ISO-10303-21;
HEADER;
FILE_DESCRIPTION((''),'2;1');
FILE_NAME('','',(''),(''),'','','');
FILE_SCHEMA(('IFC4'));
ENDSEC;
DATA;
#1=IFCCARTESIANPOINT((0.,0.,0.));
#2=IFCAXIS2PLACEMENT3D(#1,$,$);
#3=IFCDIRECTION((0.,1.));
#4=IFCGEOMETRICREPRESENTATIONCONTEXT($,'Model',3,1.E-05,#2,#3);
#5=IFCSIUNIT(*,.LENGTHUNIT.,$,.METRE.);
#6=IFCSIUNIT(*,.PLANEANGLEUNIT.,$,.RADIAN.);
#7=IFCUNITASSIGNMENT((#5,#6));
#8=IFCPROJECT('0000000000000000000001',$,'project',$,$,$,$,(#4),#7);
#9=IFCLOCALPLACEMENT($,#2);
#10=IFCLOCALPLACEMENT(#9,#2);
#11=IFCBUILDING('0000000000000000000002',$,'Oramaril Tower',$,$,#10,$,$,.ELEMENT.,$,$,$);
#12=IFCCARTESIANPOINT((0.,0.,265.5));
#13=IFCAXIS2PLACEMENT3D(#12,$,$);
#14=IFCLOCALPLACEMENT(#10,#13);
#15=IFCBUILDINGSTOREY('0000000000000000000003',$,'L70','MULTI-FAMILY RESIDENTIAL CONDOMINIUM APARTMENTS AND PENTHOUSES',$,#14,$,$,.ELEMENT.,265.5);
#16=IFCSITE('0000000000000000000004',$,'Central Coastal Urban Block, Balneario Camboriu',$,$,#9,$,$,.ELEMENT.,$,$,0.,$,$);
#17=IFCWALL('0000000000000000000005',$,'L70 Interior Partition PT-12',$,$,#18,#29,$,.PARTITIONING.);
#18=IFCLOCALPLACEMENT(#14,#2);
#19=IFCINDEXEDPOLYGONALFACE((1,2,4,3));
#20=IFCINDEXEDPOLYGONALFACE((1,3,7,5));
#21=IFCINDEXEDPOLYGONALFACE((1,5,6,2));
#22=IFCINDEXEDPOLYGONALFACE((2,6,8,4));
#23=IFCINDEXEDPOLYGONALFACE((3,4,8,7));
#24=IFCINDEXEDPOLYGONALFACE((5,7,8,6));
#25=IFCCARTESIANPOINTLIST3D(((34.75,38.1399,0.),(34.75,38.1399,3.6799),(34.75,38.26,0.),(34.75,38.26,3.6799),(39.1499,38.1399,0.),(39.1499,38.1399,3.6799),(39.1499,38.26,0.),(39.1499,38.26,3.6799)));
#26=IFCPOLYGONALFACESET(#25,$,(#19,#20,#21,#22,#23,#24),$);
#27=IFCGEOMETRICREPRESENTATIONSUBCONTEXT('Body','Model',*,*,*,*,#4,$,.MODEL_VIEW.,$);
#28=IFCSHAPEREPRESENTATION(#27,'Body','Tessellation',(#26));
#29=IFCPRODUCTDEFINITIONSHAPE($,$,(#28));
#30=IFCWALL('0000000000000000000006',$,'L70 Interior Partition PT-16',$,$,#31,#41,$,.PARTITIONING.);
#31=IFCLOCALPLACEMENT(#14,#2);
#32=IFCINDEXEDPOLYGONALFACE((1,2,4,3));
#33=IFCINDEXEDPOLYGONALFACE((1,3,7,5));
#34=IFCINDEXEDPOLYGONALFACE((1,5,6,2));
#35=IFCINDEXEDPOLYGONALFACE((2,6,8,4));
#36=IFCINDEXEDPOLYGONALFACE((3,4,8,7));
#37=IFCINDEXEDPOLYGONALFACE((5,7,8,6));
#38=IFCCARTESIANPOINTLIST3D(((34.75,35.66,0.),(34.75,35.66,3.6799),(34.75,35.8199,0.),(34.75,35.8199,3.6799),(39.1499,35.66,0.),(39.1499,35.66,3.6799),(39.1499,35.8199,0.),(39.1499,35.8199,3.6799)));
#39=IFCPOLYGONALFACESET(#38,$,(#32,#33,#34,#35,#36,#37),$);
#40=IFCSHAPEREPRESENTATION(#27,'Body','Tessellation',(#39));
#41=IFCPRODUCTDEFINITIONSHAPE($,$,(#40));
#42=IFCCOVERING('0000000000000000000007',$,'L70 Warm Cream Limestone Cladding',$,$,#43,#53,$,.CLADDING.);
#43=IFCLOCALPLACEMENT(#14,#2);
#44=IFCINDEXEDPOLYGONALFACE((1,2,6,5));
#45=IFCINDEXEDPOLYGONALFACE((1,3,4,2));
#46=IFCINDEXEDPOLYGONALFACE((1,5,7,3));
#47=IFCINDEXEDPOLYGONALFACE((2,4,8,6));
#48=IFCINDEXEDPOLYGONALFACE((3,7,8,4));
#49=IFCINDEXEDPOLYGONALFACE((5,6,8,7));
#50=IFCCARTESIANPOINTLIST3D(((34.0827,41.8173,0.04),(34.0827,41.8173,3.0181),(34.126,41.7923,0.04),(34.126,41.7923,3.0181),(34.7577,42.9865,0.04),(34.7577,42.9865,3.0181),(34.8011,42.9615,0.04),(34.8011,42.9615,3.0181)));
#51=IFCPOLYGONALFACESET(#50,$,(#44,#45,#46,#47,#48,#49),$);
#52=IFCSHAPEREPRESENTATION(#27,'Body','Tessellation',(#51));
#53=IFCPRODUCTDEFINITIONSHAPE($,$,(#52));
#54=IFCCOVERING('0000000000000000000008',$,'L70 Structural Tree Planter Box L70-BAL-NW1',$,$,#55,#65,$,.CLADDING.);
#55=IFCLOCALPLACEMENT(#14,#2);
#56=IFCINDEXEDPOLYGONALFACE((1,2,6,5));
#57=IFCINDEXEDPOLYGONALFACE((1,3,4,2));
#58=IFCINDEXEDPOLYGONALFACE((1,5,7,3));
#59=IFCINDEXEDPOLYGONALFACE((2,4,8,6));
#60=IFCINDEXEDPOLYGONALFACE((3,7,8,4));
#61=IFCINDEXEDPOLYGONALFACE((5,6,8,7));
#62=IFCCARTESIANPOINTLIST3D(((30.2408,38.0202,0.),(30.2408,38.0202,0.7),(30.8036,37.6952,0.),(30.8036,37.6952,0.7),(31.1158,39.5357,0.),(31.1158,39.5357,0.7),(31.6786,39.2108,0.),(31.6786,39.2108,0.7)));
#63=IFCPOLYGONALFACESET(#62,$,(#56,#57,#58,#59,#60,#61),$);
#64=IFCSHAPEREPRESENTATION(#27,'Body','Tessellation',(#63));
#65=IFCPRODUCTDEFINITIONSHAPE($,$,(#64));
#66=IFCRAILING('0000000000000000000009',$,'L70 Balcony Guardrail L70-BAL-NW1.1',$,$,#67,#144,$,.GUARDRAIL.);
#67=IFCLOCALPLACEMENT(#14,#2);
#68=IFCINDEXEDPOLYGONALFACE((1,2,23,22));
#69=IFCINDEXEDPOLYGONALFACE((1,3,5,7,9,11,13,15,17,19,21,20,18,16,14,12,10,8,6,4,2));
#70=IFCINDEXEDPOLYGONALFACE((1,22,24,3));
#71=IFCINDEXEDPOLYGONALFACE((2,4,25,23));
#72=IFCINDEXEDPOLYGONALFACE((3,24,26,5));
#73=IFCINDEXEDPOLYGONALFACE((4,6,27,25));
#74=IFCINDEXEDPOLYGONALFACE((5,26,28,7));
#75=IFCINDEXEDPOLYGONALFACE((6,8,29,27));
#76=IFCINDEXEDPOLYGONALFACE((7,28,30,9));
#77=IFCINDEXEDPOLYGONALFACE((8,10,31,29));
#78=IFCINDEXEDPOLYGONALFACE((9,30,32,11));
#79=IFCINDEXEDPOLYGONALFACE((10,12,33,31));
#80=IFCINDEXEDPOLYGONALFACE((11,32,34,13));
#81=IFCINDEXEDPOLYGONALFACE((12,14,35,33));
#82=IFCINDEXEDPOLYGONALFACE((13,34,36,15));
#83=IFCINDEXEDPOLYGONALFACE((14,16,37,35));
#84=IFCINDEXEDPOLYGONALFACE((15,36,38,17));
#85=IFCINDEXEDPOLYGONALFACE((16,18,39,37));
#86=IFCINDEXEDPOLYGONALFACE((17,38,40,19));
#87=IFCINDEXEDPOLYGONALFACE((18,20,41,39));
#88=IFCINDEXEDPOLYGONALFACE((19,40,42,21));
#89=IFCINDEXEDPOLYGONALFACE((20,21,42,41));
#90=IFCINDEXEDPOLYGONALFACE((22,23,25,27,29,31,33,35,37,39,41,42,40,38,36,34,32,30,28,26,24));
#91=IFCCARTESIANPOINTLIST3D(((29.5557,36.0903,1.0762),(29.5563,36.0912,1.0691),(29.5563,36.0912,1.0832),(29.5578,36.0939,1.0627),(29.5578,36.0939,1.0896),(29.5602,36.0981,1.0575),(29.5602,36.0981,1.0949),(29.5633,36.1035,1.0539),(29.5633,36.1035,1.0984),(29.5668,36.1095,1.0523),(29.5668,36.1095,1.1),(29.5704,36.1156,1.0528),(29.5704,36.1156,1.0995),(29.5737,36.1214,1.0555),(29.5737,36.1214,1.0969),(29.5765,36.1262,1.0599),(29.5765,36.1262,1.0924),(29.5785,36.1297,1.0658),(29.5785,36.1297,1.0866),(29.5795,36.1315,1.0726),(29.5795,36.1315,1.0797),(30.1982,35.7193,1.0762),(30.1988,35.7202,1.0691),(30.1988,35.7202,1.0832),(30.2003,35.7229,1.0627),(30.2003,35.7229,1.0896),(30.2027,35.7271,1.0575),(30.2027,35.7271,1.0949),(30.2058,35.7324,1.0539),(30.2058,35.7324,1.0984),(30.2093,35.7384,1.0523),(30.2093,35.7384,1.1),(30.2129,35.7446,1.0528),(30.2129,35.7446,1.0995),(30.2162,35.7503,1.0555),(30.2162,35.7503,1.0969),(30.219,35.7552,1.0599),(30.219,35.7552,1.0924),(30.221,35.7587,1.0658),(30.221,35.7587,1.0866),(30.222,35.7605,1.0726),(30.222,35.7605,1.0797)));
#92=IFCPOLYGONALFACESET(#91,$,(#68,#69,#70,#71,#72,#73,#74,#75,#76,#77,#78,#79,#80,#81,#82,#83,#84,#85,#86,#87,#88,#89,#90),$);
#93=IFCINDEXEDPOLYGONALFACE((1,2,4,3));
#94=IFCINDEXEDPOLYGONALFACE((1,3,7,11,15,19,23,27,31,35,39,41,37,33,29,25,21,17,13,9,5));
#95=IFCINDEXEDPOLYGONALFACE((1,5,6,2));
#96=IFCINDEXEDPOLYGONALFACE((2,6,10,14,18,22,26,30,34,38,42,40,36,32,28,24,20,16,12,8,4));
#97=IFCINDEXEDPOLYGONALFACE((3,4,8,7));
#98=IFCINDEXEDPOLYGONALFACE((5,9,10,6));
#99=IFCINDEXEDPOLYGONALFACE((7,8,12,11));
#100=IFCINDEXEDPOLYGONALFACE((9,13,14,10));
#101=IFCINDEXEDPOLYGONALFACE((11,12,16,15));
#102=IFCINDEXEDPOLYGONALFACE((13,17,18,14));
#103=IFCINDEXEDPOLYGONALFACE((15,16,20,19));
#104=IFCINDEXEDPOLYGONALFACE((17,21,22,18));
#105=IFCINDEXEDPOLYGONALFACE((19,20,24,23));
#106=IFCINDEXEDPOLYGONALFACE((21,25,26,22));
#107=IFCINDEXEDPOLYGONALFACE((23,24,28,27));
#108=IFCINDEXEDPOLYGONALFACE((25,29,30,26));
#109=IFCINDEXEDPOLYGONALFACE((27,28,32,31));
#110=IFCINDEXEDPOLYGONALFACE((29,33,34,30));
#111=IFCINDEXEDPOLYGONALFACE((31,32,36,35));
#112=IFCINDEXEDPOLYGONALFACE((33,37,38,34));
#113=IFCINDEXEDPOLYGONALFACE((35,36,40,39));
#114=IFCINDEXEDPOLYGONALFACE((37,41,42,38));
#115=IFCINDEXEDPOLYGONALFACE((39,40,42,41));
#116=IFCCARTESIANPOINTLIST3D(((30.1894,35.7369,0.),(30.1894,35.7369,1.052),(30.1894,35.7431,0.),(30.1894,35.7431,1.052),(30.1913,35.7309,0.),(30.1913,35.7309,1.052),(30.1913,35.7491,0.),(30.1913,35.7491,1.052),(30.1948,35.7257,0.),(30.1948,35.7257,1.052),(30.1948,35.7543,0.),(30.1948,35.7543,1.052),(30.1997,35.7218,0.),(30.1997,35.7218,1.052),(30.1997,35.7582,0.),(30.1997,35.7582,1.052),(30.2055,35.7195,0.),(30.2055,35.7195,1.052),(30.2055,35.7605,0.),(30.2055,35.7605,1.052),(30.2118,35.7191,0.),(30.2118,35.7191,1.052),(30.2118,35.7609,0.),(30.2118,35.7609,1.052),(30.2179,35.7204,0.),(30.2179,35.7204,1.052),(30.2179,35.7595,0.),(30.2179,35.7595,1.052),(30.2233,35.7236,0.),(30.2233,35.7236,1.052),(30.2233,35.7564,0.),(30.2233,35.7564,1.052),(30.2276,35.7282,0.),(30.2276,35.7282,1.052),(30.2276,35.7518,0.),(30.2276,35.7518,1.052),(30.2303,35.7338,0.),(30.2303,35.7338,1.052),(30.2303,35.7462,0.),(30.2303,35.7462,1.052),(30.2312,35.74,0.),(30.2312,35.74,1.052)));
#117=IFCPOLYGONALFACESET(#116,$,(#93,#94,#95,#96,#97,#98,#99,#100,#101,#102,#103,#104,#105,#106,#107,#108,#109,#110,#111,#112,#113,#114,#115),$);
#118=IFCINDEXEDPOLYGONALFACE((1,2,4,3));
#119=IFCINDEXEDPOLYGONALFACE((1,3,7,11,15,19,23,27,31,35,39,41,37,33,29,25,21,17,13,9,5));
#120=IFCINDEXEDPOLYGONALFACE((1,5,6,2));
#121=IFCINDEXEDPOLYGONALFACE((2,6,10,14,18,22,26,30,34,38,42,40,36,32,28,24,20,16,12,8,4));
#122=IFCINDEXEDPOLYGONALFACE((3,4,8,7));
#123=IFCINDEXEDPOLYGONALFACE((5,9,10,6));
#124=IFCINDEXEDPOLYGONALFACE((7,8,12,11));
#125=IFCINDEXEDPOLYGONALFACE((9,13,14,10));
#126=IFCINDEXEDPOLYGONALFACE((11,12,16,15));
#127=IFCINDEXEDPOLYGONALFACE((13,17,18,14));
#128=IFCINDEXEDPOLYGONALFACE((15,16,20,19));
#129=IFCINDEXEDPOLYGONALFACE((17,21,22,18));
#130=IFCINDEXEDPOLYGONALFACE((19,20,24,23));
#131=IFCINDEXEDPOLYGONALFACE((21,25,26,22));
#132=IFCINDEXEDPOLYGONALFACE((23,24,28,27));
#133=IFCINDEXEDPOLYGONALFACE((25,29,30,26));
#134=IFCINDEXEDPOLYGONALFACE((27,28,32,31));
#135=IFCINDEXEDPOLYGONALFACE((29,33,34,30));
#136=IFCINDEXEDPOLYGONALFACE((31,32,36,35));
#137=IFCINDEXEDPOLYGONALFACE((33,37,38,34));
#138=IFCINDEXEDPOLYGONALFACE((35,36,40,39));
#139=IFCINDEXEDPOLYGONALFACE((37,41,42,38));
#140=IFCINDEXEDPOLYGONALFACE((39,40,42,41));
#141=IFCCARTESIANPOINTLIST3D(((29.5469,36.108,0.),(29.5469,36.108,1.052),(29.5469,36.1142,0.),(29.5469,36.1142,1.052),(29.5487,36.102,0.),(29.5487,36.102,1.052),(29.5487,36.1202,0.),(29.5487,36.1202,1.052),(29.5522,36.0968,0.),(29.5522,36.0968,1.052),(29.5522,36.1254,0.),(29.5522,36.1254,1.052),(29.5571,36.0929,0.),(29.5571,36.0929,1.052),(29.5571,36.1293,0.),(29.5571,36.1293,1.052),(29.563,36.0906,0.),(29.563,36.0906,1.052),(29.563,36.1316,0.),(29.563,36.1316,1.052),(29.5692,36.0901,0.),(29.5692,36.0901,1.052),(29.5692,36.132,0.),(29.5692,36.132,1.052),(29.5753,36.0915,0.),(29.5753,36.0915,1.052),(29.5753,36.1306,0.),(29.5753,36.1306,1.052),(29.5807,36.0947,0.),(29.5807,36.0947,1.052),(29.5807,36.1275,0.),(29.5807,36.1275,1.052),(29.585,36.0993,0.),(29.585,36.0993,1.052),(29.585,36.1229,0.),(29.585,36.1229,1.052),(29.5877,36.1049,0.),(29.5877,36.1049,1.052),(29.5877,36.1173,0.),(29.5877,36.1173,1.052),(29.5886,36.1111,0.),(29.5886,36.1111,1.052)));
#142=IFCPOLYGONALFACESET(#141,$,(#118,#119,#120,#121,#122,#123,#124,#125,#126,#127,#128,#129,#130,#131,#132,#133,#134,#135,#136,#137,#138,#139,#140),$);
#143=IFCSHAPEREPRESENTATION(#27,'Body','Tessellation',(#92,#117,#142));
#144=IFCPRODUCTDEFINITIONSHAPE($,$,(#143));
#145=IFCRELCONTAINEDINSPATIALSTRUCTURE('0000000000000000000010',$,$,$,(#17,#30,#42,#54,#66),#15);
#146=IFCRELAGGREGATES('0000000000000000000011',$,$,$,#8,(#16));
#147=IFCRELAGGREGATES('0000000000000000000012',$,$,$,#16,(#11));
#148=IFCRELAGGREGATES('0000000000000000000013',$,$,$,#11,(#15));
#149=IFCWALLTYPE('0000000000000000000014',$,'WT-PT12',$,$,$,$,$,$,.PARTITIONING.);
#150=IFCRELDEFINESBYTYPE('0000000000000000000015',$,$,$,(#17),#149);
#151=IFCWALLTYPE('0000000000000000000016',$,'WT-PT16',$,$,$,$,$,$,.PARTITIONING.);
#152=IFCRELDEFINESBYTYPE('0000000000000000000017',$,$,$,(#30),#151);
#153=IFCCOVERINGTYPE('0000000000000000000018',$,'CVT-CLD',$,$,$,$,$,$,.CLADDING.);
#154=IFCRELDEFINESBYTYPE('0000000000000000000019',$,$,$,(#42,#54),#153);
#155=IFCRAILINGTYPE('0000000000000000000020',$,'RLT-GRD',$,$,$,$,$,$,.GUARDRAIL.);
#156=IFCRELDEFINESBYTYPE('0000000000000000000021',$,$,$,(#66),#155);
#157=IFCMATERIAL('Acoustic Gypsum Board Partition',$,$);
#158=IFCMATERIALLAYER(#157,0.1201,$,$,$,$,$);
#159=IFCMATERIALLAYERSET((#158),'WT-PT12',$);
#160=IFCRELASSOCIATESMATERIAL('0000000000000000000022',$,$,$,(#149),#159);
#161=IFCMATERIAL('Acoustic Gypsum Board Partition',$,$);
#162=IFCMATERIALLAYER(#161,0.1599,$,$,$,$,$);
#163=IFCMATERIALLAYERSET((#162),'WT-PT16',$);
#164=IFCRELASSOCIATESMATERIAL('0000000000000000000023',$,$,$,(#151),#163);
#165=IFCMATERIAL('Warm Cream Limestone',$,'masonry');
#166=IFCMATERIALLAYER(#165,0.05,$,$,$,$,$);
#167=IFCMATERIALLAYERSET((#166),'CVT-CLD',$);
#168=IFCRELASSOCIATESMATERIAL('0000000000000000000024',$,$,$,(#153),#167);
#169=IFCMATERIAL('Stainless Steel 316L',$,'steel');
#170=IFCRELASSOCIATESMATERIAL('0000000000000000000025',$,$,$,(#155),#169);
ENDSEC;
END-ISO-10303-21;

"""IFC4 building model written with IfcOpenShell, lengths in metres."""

from ifc_helpers import new_model, si_unit, direction, frame, frame_2d, origin, origin_2d, place, context, subcontext, project, spatial, rectangle, circle, extrude, material, layer, layer_set, type_object, element, save


model = new_model("IFC4")

# Units and contexts
model_context = context("Model", 3, precision=1e-05, world=origin(), true_north=direction((0.0, 1.0)))
body_context = subcontext(model_context, "Body", "Model", "MODEL_VIEW")
ifc_project = project(units=[si_unit("LENGTHUNIT", "METRE"), si_unit("PLANEANGLEUNIT", "RADIAN")], contexts=[model_context])

# Site, building, storey
site_placement = place(None, origin())
site = spatial("IfcSite", under=ifc_project, at=site_placement, Name="Central Coastal Urban Block, Balneario Camboriu", CompositionType="ELEMENT", RefElevation=0.0)
building_placement = place(site_placement, origin())
building = spatial("IfcBuilding", under=site, at=building_placement, Name="Oramaril Tower", CompositionType="ELEMENT")
storey_placement = place(building_placement, frame((0.0, 0.0, 265.5)))
storey = spatial("IfcBuildingStorey", under=building, at=storey_placement, Name="L70", Description="MULTI-FAMILY RESIDENTIAL CONDOMINIUM APARTMENTS AND PENTHOUSES", CompositionType="ELEMENT", Elevation=265.5)

# Walls
ifc_material_1 = material(Name="Acoustic Gypsum Board Partition")
ifc_layer_1 = layer(ifc_material_1, 0.1201)
ifc_layer_set_1 = layer_set([ifc_layer_1], Name="WT-PT12")
wall_type_1 = type_object("IfcWallType", Name="WT-PT12", PredefinedType="PARTITIONING", material=ifc_layer_set_1)
wall_1_placement = place(storey_placement, frame((34.75, 38.2, 0.0), z_axis=(0.0, 0.0, 1.0), x_axis=(1.0, 0.0, 0.0)))
element("IfcWall", 1, at=wall_1_placement, inside=storey, type_object=wall_type_1, Name="L70 Interior Partition PT-12", PredefinedType="PARTITIONING", context=body_context, shape_type="SweptSolid", body=[
    extrude(rectangle(XDim=4.3999, YDim=0.1201, at=frame_2d((2.2, 0.0))), origin(), (0.0, 0.0, 1.0), 3.6799),
])
ifc_material_2 = material(Name="Acoustic Gypsum Board Partition")
ifc_layer_2 = layer(ifc_material_2, 0.1599)
ifc_layer_set_2 = layer_set([ifc_layer_2], Name="WT-PT16")
wall_type_2 = type_object("IfcWallType", Name="WT-PT16", PredefinedType="PARTITIONING", material=ifc_layer_set_2)
wall_2_placement = place(storey_placement, frame((34.75, 35.74, 0.0), z_axis=(0.0, 0.0, 1.0), x_axis=(1.0, 0.0, 0.0)))
element("IfcWall", 2, at=wall_2_placement, inside=storey, type_object=wall_type_2, Name="L70 Interior Partition PT-16", PredefinedType="PARTITIONING", context=body_context, shape_type="SweptSolid", body=[
    extrude(rectangle(XDim=4.3999, YDim=0.1599, at=frame_2d((2.2, 0.0))), origin(), (0.0, 0.0, 1.0), 3.6799),
])

# Coverings
ifc_material_3 = material(Name="Warm Cream Limestone", Category="masonry")
ifc_layer_3 = layer(ifc_material_3, 0.05)
ifc_layer_set_3 = layer_set([ifc_layer_3], Name="CVT-CLD")
covering_type = type_object("IfcCoveringType", Name="CVT-CLD", PredefinedType="CLADDING", material=ifc_layer_set_3)
covering_1_placement = place(storey_placement, frame((34.4419, 42.3894, 0.04), z_axis=(0.0, 0.0, 1.0), x_axis=(-0.499998, -0.866026, 0.0)))
element("IfcCovering", 3, at=covering_1_placement, inside=storey, type_object=covering_type, Name="L70 Warm Cream Limestone Cladding", PredefinedType="CLADDING", context=body_context, shape_type="SweptSolid", body=[
    extrude(rectangle(XDim=1.3501, YDim=0.05, at=origin_2d()), origin(), (0.0, 0.0, 1.0), 2.978),
])
covering_2_placement = place(storey_placement, frame((30.9597, 38.6155, 0.0), z_axis=(0.0, 0.0, 1.0), x_axis=(-0.499998, -0.866026, 0.0)))
element("IfcCovering", 4, at=covering_2_placement, inside=storey, type_object=covering_type, Name="L70 Structural Tree Planter Box L70-BAL-NW1", PredefinedType="CLADDING", context=body_context, shape_type="SweptSolid", body=[
    extrude(rectangle(XDim=1.75, YDim=0.6499, at=origin_2d()), origin(), (0.0, 0.0, 1.0), 0.7),
])

# Railing
ifc_material_4 = material(Name="Stainless Steel 316L", Category="steel")
railing_type = type_object("IfcRailingType", Name="RLT-GRD", PredefinedType="GUARDRAIL", material=ifc_material_4)
railing_1_placement = place(storey_placement, frame((30.2102, 35.74, 0.0)))
element("IfcRailing", 5, at=railing_1_placement, inside=storey, type_object=railing_type, Name="L70 Balcony Guardrail L70-BAL-NW1.1", PredefinedType="GUARDRAIL", context=body_context, shape_type="SweptSolid", body=[
    extrude(circle(Radius=0.0239, at=origin_2d()), frame((0.0, 0.0, 1.0762), z_axis=(-0.865966, 0.500102, 0.0), x_axis=(-0.500102, -0.865966, 0.0)), (0.0, 0.0, 1.0), 0.7419),
    extrude(circle(Radius=0.021, at=origin_2d()), origin(), (0.0, 0.0, 1.0), 1.052),
    extrude(circle(Radius=0.021, at=origin_2d()), frame((-0.6426, 0.3711, 0.0)), (0.0, 0.0, 1.0), 1.052),
])

save(model, "model.ifc")
